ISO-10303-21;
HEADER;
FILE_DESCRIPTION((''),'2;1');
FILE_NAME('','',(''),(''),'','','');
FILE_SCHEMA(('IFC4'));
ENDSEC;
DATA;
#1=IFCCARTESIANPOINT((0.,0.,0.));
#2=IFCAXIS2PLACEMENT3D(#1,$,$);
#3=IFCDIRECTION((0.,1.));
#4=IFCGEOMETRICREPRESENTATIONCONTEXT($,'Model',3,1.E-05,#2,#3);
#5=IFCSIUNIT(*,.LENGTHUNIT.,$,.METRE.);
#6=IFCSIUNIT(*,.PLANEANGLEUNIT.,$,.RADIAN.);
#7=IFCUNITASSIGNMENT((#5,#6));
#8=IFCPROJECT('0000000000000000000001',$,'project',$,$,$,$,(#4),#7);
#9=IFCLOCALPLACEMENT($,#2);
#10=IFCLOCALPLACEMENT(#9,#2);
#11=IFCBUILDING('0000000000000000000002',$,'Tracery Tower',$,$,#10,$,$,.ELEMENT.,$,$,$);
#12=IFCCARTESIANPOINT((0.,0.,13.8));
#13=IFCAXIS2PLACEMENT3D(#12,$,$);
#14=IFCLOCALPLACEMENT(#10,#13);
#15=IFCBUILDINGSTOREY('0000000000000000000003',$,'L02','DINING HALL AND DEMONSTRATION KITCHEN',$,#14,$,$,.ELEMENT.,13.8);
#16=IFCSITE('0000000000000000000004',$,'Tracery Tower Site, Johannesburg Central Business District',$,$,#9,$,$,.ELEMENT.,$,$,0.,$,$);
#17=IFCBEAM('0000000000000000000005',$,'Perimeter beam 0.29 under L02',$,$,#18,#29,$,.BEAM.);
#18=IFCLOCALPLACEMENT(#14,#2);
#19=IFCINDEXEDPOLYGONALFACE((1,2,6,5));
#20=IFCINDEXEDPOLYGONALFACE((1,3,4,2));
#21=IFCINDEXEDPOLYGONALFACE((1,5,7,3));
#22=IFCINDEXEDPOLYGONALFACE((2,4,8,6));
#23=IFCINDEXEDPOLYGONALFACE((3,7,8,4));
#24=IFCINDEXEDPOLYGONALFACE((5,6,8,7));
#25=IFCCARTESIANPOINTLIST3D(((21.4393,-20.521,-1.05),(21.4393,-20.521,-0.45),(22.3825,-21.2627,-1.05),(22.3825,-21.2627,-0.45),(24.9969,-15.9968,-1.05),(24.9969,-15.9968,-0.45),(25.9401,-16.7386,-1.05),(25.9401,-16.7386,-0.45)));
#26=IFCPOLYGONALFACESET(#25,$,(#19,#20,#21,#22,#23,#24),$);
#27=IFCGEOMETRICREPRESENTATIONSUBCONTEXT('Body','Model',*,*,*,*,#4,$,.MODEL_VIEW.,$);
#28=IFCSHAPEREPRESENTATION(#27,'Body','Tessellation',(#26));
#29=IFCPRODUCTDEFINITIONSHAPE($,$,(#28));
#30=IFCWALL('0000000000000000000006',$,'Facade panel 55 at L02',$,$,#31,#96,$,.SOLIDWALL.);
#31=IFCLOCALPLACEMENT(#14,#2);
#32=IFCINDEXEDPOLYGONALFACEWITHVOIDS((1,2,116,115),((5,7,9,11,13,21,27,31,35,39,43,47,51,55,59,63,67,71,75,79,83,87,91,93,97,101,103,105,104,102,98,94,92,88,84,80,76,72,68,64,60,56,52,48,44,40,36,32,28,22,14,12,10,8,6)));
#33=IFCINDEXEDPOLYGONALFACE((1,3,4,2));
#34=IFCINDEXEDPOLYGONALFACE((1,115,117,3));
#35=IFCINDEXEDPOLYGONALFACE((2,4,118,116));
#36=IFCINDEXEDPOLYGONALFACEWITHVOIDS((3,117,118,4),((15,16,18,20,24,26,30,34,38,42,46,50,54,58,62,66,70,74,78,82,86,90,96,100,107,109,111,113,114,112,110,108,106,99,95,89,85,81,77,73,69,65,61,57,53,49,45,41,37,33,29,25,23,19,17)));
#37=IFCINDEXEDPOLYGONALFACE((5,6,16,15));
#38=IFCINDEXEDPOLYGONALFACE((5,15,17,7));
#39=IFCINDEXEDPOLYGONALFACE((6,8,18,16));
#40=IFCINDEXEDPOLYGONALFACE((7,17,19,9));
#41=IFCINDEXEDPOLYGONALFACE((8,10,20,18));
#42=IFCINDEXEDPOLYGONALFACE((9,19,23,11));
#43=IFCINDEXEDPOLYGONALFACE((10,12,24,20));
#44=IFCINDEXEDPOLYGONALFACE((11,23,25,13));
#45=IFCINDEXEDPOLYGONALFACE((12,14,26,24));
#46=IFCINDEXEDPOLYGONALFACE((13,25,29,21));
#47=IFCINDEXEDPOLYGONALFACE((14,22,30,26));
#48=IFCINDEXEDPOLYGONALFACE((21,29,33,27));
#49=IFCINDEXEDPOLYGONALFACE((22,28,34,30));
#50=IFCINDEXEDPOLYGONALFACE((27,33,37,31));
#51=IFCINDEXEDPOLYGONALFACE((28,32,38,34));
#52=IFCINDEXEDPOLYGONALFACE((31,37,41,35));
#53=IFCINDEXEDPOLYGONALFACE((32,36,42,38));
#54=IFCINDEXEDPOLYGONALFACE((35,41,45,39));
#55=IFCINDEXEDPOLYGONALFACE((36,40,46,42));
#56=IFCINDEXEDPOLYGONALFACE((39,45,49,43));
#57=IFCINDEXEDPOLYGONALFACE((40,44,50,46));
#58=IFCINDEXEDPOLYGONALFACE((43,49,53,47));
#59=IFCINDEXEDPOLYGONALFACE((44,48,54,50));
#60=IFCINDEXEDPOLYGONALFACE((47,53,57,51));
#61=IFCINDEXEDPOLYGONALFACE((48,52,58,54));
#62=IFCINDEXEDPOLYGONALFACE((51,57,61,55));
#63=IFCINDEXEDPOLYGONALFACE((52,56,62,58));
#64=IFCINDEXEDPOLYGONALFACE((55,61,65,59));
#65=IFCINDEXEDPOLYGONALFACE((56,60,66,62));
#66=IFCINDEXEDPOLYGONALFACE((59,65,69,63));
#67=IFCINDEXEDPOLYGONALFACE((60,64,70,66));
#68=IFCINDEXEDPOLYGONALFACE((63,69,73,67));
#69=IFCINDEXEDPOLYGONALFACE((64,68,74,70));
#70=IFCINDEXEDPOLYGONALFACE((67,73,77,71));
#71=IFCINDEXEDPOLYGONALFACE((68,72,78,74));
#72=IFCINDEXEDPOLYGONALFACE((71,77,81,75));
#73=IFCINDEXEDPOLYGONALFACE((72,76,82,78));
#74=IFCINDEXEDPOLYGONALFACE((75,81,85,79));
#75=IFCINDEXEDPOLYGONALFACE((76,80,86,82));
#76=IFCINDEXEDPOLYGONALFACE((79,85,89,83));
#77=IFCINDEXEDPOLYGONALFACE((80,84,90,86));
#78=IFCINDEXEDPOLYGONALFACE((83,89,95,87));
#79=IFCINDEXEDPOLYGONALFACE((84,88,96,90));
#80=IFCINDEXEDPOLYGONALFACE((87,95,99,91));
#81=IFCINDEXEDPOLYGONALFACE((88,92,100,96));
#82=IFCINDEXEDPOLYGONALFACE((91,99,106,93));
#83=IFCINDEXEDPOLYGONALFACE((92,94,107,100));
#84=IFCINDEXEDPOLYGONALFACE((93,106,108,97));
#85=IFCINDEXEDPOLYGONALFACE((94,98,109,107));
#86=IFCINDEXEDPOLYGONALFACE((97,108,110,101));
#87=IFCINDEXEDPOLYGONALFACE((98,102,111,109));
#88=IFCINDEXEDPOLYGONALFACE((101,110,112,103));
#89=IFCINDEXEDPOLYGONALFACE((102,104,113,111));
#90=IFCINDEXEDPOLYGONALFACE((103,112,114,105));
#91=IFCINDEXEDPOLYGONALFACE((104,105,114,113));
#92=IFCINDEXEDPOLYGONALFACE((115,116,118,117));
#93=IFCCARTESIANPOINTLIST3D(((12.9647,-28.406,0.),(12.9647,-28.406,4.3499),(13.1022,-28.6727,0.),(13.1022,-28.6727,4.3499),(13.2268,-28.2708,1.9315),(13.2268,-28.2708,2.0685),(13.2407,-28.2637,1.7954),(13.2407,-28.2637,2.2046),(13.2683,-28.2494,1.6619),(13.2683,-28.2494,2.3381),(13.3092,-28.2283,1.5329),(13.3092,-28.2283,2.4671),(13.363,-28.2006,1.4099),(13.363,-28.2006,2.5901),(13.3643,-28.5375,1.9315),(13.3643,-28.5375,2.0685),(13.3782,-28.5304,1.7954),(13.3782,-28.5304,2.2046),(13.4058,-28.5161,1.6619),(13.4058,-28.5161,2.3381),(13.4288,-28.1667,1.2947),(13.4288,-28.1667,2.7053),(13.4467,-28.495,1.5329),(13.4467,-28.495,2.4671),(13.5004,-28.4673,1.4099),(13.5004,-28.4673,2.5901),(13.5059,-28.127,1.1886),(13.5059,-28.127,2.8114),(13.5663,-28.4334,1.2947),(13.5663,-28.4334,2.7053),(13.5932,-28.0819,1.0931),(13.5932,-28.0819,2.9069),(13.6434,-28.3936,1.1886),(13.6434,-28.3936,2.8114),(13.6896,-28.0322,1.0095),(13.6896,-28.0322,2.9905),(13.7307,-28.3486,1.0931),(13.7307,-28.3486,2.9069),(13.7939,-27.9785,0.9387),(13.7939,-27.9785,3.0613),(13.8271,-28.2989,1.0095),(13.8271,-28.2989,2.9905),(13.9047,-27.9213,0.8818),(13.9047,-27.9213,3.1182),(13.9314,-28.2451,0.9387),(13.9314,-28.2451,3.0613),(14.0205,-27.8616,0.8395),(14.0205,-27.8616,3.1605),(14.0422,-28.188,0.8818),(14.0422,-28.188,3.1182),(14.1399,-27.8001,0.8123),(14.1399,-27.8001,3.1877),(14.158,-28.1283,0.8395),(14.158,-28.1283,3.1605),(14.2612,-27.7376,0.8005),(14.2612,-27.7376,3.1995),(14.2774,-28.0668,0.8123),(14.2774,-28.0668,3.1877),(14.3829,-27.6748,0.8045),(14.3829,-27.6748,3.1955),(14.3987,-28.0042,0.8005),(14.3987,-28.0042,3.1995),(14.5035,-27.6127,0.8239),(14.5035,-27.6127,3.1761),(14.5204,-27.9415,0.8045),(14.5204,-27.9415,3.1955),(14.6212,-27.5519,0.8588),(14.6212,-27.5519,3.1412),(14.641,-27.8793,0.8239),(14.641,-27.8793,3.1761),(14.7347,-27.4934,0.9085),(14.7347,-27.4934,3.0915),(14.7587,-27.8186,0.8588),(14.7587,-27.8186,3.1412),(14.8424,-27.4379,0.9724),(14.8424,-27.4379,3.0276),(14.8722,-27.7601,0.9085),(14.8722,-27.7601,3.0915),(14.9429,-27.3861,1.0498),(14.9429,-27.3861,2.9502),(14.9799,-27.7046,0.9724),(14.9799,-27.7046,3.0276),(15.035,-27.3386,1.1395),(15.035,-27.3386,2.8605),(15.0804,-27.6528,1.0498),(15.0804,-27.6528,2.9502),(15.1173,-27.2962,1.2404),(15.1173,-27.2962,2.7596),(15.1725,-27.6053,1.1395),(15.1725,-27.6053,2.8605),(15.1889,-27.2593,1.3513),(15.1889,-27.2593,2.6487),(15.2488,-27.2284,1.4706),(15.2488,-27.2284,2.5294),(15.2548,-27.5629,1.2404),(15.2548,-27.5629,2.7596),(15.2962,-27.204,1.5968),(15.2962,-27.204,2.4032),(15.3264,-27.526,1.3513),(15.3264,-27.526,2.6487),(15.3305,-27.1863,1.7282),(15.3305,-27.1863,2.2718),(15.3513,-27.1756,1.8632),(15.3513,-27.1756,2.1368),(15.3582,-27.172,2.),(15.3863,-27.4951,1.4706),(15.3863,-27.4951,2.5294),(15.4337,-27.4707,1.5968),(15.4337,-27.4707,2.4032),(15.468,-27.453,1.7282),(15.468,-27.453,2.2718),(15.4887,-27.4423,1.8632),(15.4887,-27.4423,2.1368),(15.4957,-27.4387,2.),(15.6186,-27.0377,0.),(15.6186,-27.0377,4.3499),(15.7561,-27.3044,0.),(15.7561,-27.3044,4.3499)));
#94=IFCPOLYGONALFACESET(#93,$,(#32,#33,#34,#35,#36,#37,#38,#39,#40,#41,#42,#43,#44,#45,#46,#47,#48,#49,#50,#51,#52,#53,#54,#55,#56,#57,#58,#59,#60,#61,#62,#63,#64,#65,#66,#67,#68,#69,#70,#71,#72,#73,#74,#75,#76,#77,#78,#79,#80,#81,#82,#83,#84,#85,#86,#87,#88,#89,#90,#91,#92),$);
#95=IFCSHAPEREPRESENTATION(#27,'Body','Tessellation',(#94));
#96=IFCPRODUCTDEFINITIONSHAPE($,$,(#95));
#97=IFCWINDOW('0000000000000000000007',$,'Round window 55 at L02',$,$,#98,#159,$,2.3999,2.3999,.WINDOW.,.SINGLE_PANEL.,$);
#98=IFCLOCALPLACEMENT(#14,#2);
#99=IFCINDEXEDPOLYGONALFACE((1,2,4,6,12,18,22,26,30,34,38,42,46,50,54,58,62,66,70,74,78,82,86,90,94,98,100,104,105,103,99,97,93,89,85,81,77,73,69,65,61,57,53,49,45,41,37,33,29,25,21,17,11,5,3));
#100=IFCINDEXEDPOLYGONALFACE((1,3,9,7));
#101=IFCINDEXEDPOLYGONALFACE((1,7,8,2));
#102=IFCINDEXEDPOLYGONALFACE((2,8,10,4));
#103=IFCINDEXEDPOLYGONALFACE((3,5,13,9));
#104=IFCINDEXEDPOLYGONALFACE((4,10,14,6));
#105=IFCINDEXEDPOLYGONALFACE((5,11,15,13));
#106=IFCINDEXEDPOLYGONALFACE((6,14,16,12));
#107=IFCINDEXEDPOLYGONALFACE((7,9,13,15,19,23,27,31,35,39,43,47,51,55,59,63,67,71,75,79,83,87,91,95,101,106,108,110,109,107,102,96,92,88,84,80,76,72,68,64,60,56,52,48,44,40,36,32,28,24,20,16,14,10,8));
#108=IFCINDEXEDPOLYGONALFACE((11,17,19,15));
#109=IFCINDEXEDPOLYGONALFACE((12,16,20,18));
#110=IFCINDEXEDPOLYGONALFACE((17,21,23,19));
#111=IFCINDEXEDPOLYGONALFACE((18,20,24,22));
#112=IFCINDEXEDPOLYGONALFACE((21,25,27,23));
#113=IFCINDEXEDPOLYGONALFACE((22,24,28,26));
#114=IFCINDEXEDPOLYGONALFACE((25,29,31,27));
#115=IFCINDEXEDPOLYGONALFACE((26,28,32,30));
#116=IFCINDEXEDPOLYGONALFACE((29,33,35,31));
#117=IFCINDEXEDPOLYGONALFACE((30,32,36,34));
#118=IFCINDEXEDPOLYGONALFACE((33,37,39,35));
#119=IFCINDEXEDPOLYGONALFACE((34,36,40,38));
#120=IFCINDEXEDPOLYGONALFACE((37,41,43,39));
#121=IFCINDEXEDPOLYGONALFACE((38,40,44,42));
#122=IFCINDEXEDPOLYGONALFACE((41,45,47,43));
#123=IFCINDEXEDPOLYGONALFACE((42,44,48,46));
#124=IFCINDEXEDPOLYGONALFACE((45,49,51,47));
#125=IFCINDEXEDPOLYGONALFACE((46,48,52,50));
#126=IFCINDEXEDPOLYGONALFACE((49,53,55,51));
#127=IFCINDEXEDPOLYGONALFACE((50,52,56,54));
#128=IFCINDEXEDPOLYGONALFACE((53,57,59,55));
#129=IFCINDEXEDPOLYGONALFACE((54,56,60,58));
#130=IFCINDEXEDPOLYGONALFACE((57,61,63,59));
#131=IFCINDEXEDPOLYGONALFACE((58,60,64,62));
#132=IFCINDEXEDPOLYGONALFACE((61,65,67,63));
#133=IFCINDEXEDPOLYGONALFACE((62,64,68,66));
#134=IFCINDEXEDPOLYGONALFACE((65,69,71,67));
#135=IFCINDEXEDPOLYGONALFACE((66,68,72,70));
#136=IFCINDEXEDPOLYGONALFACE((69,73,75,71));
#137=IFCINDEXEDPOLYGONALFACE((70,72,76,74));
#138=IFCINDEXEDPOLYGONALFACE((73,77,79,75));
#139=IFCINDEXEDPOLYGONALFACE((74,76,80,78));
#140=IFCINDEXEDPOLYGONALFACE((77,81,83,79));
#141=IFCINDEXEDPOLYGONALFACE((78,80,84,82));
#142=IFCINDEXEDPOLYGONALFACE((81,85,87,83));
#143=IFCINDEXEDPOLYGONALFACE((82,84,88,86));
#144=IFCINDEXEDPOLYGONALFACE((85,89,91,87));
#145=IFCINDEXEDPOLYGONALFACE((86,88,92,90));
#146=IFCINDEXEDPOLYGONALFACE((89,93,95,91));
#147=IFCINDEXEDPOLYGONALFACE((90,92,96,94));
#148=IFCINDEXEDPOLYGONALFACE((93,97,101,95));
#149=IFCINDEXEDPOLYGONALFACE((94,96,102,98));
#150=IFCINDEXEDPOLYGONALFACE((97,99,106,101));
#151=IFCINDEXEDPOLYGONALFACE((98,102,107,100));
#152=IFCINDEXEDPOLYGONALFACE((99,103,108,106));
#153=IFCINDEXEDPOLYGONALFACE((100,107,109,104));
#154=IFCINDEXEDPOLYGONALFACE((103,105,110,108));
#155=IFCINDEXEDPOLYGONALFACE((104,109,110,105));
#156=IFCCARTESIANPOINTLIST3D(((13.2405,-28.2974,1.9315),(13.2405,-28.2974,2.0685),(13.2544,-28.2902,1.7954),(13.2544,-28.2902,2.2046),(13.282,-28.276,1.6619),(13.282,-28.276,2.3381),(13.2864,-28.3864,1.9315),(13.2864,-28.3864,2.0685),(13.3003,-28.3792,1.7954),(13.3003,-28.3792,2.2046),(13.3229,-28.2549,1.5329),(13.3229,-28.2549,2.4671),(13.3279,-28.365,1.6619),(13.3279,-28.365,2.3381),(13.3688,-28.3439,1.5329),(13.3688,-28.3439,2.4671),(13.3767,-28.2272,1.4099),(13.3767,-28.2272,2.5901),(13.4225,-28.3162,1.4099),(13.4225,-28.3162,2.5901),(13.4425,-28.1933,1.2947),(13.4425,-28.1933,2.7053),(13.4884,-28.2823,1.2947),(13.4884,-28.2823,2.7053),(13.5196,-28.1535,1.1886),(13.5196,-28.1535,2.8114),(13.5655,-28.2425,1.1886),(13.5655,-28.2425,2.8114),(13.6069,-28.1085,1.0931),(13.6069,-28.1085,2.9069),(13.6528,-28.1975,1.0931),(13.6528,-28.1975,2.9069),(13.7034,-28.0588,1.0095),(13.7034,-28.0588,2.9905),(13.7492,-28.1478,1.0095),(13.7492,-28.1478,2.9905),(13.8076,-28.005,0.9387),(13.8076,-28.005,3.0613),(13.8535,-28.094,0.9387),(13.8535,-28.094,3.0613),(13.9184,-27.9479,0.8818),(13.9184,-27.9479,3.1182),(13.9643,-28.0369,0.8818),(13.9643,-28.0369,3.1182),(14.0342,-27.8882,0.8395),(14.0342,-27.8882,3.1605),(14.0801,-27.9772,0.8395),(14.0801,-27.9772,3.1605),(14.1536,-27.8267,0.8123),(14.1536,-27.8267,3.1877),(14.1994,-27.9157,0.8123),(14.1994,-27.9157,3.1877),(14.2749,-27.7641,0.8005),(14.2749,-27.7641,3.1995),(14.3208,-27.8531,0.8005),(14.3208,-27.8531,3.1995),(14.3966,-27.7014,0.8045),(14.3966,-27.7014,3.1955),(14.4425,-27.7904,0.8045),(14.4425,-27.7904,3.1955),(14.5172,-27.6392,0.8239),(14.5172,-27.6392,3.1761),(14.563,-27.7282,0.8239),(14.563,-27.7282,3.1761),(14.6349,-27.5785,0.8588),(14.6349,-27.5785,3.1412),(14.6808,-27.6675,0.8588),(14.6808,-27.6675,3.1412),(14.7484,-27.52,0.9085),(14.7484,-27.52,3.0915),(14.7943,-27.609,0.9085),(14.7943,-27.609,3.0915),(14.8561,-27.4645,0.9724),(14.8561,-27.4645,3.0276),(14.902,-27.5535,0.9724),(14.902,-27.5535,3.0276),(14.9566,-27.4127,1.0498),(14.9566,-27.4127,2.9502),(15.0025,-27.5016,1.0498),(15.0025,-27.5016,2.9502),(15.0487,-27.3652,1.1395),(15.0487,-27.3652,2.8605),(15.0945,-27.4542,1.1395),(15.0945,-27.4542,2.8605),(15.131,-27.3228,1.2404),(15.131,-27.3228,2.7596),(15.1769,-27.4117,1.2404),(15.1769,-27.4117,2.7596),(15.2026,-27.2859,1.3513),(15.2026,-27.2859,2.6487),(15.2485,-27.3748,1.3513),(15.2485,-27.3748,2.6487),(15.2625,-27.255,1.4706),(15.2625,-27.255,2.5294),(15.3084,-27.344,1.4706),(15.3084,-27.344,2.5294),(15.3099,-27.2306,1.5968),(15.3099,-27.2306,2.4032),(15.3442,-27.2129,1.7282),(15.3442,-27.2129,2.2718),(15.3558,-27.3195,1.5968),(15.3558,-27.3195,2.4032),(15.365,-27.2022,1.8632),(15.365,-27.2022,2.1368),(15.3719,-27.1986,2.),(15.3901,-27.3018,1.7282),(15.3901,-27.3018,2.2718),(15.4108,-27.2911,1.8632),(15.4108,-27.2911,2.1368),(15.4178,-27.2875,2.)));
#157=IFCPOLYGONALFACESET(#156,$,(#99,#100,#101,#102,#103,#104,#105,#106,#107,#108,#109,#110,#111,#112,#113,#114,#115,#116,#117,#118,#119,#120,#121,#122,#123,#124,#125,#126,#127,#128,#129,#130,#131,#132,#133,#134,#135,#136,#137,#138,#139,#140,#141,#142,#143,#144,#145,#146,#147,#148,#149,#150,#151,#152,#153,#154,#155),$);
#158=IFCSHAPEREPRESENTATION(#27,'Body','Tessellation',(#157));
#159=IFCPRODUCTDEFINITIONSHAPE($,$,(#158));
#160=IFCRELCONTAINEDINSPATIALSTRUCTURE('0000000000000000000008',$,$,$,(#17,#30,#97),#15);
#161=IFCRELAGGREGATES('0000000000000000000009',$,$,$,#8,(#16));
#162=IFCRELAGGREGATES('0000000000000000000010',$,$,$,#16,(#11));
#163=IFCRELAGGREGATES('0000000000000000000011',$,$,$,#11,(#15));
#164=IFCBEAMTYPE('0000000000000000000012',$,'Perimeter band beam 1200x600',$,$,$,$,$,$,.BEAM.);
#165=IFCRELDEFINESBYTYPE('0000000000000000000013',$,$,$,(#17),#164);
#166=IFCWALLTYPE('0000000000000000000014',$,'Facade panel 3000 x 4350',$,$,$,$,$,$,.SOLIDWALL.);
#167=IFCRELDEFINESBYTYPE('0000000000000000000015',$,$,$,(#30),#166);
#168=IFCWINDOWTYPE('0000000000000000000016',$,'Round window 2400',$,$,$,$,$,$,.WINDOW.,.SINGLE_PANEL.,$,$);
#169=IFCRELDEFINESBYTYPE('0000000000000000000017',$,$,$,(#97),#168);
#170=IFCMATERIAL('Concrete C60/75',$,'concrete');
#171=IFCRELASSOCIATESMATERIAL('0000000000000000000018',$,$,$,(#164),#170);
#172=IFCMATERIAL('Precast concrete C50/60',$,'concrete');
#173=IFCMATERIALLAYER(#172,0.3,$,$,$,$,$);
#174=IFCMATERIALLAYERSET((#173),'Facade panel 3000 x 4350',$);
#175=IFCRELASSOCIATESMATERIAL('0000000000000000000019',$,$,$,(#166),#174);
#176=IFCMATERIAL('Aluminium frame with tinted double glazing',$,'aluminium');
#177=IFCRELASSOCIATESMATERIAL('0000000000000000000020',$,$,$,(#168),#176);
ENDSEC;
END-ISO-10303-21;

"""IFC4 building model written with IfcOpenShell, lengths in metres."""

from ifc_helpers import new_model, si_unit, direction, frame, frame_2d, origin, origin_2d, place, context, subcontext, project, spatial, rectangle, circle, extrude, material, layer, layer_set, material_profile, profile_set, type_object, element, fill, save


model = new_model("IFC4")

# Units and contexts
model_context = context("Model", 3, precision=1e-05, world=origin(), true_north=direction((0.0, 1.0)))
body_context = subcontext(model_context, "Body", "Model", "MODEL_VIEW")
ifc_project = project(units=[si_unit("LENGTHUNIT", "METRE"), si_unit("PLANEANGLEUNIT", "RADIAN")], contexts=[model_context])

# Site, building, storey
site_placement = place(None, origin())
site = spatial("IfcSite", under=ifc_project, at=site_placement, Name="Tracery Tower Site, Johannesburg Central Business District", CompositionType="ELEMENT", RefElevation=0.0)
building_placement = place(site_placement, origin())
building = spatial("IfcBuilding", under=site, at=building_placement, Name="Tracery Tower", CompositionType="ELEMENT")
storey_placement = place(building_placement, frame((0.0, 0.0, 13.8)))
storey = spatial("IfcBuildingStorey", under=building, at=storey_placement, Name="L02", Description="DINING HALL AND DEMONSTRATION KITCHEN", CompositionType="ELEMENT", Elevation=13.8)

# Beam
ifc_material_1 = material(Name="Concrete C60/75", Category="concrete")
ifc_material_profile_1 = material_profile(ifc_material_1, rectangle(XDim=1.2, YDim=0.6001, at=origin_2d()), Name="RC 1200x600")
ifc_profile_set_1 = profile_set([ifc_material_profile_1], Name="Concrete C60/75")
beam_type = type_object("IfcBeamType", Name="Perimeter band beam 1200x600", PredefinedType="BEAM", material=ifc_profile_set_1)
beam_1_placement = place(storey_placement, frame((21.9109, -20.8918, -0.75), z_axis=(0.618134, 0.786072, 0.0), x_axis=(-0.786072, 0.618134, 0.0)))
element("IfcBeam", 1, at=beam_1_placement, inside=storey, type_object=beam_type, Name="Perimeter beam 0.29 under L02", PredefinedType="BEAM", context=body_context, shape_type="SweptSolid", body=[
    extrude(rectangle(XDim=1.2, YDim=0.6001, at=origin_2d()), origin(), (0.0, 0.0, 1.0), 5.7554),
])

# Wall, opening, window
ifc_material_2 = material(Name="Precast concrete C50/60", Category="concrete")
ifc_layer = layer(ifc_material_2, 0.3)
ifc_layer_set = layer_set([ifc_layer], Name="Facade panel 3000 x 4350")
wall_type = type_object("IfcWallType", Name="Facade panel 3000 x 4350", PredefinedType="SOLIDWALL", material=ifc_layer_set)
wall_1_placement = place(storey_placement, frame((13.0334, -28.5393, 0.0), z_axis=(0.0, 0.0, 1.0), x_axis=(0.888831, 0.458235, 0.0)))
wall_1 = element("IfcWall", 2, at=wall_1_placement, inside=storey, type_object=wall_type, Name="Facade panel 55 at L02", PredefinedType="SOLIDWALL", context=body_context, shape_type="SweptSolid", body=[
    extrude(rectangle(XDim=2.9858, YDim=0.3, at=frame_2d((1.4929, 0.0))), origin(), (0.0, 0.0, 1.0), 4.3499),
])
opening_1_placement = place(wall_1_placement, frame((1.4929, 0.0, 2.0)))
opening_1 = element("IfcOpeningElement", 3, at=opening_1_placement, cuts=wall_1, PredefinedType="OPENING", context=body_context, shape_type="SweptSolid", body=[
    extrude(circle(Radius=1.2, at=origin_2d()), frame((0.0, 0.1599, 0.0), z_axis=(0.0, -1.0, 0.0), x_axis=(1.0, 0.0, 0.0)), (0.0, 0.0, 1.0), 0.3201),
])
ifc_material_3 = material(Name="Aluminium frame with tinted double glazing", Category="aluminium")
window_type = type_object("IfcWindowType", Name="Round window 2400", PartitioningType="SINGLE_PANEL", PredefinedType="WINDOW", material=ifc_material_3)
window_1_placement = place(opening_1_placement, origin())
window_1 = element("IfcWindow", 4, at=window_1_placement, inside=storey, type_object=window_type, Name="Round window 55 at L02", OverallHeight=2.3999, OverallWidth=2.3999, PartitioningType="SINGLE_PANEL", PredefinedType="WINDOW", context=body_context, shape_type="SweptSolid", body=[
    extrude(circle(Radius=1.2, at=origin_2d()), frame((0.0, 0.1201, 0.0), z_axis=(0.0, -1.0, 0.0), x_axis=(1.0, 0.0, 0.0)), (0.0, 0.0, 1.0), 0.1001),
])
fill(opening_1, window_1)

save(model, "model.ifc")
